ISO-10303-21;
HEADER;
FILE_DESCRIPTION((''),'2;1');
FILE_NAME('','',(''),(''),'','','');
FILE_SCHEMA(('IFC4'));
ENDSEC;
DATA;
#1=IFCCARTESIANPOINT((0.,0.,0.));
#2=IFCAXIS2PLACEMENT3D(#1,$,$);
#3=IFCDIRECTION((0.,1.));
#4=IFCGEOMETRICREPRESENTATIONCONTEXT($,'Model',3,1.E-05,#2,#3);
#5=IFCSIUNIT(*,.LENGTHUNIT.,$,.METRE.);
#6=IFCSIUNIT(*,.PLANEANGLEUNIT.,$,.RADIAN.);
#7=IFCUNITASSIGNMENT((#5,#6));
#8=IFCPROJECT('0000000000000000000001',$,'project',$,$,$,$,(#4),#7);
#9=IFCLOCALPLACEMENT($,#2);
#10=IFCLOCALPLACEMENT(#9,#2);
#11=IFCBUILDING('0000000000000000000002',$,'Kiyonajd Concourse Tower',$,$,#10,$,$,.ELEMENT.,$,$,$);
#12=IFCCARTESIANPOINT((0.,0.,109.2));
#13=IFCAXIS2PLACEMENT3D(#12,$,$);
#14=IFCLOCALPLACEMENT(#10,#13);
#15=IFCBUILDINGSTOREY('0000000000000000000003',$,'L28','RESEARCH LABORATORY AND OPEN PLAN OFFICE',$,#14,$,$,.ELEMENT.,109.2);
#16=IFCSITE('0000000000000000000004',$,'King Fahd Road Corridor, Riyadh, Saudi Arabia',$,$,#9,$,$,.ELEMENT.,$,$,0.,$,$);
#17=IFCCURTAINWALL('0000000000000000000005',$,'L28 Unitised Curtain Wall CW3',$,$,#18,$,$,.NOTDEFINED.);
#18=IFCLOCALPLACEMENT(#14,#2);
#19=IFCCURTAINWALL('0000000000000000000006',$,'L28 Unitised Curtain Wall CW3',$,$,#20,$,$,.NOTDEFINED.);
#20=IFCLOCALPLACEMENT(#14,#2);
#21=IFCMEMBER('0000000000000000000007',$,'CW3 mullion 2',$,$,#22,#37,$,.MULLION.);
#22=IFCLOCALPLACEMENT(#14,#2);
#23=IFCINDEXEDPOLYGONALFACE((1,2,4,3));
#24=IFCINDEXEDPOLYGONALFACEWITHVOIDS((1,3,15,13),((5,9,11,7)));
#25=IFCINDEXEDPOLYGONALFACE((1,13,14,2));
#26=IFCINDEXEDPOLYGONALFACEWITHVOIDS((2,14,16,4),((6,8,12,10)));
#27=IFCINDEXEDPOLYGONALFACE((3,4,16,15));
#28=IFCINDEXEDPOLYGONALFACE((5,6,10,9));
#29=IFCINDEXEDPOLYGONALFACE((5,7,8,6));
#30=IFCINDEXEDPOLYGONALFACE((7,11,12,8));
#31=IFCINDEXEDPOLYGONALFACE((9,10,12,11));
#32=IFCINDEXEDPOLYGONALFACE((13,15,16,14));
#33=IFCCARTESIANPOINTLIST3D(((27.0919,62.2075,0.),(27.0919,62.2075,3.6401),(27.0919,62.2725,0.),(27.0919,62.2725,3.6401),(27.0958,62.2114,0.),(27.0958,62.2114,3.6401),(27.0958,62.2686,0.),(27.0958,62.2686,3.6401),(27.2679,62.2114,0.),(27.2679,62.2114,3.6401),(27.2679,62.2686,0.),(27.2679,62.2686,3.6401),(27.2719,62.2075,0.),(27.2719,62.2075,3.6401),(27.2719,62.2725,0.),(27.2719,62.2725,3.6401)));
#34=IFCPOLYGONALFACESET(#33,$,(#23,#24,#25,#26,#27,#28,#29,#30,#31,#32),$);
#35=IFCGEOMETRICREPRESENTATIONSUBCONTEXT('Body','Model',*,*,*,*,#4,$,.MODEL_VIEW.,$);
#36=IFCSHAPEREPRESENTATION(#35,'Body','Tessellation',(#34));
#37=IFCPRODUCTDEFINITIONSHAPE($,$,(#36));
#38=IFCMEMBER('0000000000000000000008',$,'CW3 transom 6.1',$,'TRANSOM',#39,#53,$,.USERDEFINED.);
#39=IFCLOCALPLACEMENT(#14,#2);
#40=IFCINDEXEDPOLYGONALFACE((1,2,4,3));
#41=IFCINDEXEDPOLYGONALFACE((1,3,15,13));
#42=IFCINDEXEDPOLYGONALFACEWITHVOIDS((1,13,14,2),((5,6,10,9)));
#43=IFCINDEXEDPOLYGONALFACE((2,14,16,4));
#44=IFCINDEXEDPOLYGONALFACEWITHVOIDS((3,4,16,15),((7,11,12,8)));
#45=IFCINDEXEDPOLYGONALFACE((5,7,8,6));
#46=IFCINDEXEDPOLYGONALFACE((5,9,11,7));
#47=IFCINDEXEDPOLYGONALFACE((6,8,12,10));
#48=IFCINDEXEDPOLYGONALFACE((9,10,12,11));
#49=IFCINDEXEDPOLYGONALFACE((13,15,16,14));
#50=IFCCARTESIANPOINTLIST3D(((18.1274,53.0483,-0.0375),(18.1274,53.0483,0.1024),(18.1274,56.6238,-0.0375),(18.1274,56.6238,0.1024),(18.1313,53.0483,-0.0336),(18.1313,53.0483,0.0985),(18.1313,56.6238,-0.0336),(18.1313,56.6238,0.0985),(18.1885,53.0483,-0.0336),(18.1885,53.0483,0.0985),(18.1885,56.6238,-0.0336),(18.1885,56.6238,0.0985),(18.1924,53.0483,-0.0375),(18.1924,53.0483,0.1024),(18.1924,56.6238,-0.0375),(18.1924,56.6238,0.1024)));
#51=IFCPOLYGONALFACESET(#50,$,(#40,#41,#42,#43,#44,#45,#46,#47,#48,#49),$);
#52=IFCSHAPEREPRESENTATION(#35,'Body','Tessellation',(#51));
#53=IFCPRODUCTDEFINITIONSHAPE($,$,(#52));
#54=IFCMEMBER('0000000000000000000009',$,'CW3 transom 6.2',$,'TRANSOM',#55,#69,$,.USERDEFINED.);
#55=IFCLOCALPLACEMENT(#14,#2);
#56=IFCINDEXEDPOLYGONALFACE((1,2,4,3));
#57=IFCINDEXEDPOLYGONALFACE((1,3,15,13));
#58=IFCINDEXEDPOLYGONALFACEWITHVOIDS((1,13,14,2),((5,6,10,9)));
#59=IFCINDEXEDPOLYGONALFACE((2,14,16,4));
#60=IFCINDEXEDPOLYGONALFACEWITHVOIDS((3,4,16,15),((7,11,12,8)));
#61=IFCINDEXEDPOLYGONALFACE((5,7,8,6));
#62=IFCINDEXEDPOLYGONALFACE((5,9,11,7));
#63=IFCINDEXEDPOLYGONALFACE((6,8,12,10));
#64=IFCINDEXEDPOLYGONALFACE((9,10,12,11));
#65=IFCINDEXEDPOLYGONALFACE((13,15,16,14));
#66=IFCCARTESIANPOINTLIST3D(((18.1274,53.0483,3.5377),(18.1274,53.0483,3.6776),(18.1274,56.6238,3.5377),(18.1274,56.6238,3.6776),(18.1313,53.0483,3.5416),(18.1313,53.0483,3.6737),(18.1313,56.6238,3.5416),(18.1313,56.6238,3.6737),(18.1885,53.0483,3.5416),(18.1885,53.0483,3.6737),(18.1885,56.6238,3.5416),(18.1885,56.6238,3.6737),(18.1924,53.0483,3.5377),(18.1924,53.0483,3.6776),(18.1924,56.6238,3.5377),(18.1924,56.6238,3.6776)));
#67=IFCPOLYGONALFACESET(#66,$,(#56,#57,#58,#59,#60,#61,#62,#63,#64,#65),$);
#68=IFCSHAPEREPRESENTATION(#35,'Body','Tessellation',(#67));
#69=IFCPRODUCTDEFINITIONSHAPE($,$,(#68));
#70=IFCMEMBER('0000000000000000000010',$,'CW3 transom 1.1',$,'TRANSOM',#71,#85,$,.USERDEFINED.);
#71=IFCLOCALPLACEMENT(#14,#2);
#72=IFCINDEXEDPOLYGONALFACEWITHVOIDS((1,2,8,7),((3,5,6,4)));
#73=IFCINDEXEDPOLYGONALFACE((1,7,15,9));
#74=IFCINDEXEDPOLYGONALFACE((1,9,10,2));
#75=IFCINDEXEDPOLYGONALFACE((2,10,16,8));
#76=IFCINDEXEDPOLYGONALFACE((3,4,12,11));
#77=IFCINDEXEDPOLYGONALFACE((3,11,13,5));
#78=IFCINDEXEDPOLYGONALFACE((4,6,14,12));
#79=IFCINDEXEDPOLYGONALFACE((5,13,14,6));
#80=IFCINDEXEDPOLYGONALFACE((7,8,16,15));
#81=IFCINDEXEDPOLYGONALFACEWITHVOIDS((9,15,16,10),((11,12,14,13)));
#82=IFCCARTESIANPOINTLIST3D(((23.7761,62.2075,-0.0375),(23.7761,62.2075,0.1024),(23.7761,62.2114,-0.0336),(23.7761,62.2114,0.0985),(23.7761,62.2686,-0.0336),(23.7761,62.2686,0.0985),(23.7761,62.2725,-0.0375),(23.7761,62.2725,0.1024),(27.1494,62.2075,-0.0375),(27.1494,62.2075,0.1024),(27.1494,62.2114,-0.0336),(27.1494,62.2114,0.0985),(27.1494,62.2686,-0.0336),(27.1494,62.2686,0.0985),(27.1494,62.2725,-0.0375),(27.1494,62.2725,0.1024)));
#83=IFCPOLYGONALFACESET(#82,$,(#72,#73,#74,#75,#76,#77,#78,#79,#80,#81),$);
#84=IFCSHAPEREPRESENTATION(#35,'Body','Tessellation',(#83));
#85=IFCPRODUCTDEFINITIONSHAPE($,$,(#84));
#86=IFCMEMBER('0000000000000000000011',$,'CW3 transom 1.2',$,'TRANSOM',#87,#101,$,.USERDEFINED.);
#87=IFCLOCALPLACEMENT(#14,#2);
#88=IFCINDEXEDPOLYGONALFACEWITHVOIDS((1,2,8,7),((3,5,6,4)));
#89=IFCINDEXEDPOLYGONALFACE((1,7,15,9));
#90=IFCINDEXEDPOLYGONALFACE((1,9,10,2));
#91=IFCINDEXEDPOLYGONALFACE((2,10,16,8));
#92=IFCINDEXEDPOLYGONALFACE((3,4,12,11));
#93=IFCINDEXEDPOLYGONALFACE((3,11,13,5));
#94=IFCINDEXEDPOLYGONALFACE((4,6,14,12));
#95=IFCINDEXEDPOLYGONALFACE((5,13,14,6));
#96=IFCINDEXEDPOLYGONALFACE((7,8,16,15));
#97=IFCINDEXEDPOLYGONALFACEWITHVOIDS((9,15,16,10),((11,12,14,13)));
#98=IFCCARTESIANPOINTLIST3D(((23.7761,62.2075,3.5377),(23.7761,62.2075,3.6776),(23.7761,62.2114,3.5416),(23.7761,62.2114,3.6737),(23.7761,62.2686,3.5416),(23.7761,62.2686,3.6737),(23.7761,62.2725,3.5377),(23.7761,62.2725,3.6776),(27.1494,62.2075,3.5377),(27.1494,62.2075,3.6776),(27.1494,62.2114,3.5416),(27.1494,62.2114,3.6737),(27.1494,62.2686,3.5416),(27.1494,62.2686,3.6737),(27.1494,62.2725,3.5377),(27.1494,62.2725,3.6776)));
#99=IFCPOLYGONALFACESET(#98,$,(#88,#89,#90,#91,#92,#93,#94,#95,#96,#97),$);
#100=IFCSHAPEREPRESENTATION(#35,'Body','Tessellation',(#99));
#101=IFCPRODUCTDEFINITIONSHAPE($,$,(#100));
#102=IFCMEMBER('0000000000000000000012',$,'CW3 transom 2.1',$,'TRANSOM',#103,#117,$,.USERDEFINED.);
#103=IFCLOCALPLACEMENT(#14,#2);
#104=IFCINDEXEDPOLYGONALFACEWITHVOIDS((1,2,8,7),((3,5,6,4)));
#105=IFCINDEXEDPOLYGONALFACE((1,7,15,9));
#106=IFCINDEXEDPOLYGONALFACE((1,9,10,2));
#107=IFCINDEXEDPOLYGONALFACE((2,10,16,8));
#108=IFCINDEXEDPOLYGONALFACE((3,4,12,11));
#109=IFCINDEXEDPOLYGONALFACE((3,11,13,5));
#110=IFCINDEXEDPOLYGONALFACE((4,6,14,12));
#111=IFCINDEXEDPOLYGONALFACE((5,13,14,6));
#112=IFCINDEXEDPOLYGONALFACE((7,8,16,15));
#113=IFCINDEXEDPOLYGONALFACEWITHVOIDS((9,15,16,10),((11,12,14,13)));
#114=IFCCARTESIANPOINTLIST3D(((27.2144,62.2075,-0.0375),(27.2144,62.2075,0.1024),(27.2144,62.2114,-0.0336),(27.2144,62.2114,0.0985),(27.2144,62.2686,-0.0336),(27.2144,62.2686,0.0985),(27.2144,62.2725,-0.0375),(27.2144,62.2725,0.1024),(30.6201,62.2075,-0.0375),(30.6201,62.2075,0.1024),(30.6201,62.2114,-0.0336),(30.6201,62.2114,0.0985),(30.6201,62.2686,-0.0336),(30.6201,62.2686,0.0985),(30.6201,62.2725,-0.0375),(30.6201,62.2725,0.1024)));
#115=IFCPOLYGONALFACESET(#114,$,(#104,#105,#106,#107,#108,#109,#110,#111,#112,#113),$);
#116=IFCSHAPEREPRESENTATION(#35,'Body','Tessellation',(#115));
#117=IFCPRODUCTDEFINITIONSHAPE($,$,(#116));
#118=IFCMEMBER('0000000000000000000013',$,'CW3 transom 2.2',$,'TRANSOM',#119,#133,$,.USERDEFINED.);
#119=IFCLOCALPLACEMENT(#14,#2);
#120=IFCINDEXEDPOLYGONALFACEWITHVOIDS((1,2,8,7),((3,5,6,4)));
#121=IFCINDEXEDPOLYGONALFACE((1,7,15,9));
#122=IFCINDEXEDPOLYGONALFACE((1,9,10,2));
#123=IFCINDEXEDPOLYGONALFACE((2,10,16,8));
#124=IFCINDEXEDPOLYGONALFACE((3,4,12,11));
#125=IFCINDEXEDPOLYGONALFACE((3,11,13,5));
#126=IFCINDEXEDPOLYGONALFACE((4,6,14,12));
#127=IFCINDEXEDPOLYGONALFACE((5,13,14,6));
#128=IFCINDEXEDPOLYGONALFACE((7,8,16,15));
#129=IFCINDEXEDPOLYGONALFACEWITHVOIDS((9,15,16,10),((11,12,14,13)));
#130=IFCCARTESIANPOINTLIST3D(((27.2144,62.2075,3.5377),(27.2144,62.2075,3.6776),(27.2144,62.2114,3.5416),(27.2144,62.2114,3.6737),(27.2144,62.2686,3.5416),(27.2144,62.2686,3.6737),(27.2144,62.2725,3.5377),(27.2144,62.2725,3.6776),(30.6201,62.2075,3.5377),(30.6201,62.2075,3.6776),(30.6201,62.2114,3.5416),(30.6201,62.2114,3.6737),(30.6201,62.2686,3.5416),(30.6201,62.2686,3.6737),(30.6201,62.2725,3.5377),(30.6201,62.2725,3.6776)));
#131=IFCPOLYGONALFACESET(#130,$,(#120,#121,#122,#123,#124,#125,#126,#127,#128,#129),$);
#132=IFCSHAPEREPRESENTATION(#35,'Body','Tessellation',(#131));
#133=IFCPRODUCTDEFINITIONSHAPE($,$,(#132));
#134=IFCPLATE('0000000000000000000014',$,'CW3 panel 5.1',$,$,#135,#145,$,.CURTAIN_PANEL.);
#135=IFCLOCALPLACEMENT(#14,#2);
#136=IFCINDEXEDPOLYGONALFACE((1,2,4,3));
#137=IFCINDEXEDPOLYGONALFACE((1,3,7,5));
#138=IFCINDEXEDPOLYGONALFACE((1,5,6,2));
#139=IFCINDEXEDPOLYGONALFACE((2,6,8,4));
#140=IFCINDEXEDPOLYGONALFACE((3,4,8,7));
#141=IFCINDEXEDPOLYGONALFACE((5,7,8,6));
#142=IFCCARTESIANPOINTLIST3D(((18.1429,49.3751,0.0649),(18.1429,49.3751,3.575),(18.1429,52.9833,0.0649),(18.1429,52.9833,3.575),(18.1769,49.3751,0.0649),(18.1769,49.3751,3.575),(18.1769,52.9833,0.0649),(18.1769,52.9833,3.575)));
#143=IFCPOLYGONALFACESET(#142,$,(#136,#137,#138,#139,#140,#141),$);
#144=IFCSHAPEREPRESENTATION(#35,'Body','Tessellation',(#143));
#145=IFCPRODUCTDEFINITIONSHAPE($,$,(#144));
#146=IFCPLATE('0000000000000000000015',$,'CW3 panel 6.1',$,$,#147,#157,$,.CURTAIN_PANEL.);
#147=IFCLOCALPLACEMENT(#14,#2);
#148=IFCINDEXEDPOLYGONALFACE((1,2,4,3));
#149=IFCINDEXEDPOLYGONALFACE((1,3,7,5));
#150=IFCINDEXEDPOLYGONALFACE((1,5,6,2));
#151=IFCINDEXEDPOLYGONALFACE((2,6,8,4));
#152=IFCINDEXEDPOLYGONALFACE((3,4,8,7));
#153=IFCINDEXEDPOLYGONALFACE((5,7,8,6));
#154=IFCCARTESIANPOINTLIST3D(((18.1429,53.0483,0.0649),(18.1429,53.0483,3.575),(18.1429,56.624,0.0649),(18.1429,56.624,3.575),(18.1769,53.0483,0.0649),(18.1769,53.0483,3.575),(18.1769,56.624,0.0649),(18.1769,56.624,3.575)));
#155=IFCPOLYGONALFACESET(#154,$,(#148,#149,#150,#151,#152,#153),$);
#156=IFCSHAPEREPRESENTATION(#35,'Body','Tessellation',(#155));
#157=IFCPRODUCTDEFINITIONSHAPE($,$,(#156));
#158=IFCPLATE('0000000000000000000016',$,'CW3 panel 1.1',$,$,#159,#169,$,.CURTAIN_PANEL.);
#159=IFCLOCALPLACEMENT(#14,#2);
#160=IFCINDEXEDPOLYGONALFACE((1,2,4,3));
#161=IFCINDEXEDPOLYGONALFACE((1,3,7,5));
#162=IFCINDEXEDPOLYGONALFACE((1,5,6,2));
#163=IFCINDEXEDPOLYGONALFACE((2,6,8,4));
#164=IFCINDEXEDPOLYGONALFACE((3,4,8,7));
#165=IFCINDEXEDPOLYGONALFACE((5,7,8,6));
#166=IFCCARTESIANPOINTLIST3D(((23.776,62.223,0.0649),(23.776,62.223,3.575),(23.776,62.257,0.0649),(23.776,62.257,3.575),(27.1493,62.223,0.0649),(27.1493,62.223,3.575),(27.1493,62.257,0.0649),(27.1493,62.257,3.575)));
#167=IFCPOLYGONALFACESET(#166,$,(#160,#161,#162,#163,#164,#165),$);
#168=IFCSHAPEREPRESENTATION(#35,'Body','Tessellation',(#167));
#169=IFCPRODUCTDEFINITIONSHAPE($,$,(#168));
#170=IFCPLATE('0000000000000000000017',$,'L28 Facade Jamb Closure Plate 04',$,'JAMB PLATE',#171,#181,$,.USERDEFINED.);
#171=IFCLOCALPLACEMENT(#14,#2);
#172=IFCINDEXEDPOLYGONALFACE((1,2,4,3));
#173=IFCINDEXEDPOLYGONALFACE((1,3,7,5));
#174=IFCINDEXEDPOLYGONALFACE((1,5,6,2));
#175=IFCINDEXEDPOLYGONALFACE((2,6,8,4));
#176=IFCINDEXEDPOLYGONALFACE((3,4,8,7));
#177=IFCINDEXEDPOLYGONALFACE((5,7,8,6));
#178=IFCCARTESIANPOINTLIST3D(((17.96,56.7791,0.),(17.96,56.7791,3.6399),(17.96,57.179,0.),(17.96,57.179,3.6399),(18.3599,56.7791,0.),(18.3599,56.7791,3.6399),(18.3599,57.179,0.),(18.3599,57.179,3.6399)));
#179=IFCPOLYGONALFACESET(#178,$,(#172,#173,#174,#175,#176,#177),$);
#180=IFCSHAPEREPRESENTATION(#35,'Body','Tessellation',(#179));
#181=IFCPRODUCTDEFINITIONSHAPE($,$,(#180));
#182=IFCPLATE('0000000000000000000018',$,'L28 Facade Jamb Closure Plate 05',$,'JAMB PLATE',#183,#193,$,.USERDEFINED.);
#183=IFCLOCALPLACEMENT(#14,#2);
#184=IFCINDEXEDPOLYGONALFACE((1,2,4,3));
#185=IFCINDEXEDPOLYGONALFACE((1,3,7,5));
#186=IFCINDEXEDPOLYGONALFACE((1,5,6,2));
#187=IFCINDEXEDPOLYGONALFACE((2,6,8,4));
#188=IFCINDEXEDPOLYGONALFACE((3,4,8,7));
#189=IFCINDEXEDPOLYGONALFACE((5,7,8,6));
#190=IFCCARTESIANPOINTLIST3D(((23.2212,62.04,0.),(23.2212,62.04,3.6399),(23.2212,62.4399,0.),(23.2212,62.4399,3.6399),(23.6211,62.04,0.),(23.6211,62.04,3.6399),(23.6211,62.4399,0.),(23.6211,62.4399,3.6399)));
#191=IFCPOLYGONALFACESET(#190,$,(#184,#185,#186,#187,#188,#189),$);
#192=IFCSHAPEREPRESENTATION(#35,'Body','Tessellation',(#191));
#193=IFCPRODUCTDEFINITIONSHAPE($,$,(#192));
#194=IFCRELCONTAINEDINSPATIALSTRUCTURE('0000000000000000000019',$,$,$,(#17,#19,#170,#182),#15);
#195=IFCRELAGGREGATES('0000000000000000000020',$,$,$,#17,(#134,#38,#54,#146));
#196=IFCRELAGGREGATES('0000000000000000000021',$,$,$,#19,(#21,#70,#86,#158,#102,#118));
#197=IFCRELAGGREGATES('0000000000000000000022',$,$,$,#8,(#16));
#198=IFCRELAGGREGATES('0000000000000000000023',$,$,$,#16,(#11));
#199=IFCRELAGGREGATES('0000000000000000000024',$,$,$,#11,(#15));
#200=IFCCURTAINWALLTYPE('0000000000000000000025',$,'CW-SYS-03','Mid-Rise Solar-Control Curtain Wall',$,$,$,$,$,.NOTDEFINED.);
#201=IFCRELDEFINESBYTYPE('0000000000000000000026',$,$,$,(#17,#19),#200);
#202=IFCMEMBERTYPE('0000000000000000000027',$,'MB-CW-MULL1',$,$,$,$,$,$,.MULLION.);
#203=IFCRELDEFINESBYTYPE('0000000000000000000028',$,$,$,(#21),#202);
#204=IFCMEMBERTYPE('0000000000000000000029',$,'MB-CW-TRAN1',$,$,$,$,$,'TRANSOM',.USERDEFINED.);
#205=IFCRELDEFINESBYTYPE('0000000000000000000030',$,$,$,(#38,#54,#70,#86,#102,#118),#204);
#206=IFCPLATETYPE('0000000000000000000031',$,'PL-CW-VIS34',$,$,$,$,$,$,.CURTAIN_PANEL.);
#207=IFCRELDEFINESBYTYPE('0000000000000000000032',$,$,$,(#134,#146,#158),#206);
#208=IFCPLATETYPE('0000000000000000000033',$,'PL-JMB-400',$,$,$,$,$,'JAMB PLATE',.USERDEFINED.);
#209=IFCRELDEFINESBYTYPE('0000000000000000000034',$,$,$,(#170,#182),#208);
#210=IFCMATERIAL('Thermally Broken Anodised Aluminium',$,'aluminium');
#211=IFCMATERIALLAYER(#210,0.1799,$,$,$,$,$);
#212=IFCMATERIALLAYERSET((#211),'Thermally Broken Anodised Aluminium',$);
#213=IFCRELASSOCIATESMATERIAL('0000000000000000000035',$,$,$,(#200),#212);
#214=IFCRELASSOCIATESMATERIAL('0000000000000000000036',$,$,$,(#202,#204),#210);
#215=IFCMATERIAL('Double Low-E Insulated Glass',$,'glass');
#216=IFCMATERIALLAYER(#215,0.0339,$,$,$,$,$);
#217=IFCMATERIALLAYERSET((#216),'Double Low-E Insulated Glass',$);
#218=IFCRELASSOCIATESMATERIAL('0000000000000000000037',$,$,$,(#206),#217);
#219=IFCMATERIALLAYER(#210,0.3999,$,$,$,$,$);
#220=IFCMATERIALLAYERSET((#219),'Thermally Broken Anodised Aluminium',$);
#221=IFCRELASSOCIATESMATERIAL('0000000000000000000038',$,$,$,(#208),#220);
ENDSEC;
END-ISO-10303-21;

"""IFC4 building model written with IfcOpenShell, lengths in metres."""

from ifc_helpers import new_model, si_unit, direction, frame, origin, origin_2d, place, context, subcontext, project, spatial, rectangle, hollow_rectangle, extrude, material, layer, layer_set, material_profile, profile_set, type_object, element, aggregate, save


model = new_model("IFC4")

# Units and contexts
model_context = context("Model", 3, precision=1e-05, world=origin(), true_north=direction((0.0, 1.0)))
body_context = subcontext(model_context, "Body", "Model", "MODEL_VIEW")
ifc_project = project(units=[si_unit("LENGTHUNIT", "METRE"), si_unit("PLANEANGLEUNIT", "RADIAN")], contexts=[model_context])

# Site, building, storey
site_placement = place(None, origin())
site = spatial("IfcSite", under=ifc_project, at=site_placement, Name="King Fahd Road Corridor, Riyadh, Saudi Arabia", CompositionType="ELEMENT", RefElevation=0.0)
building_placement = place(site_placement, origin())
building = spatial("IfcBuilding", under=site, at=building_placement, Name="Kiyonajd Concourse Tower", CompositionType="ELEMENT")
storey_placement = place(building_placement, frame((0.0, 0.0, 109.2)))
storey = spatial("IfcBuildingStorey", under=building, at=storey_placement, Name="L28", Description="RESEARCH LABORATORY AND OPEN PLAN OFFICE", CompositionType="ELEMENT", Elevation=109.2)

# Curtain walls, member
ifc_material_1 = material(Name="Thermally Broken Anodised Aluminium", Category="aluminium")
ifc_layer_1 = layer(ifc_material_1, 0.1799)
ifc_layer_set_1 = layer_set([ifc_layer_1], Name="Thermally Broken Anodised Aluminium")
curtain_wall_type = type_object("IfcCurtainWallType", Name="CW-SYS-03", Description="Mid-Rise Solar-Control Curtain Wall", PredefinedType="NOTDEFINED", material=ifc_layer_set_1)
curtain_wall_1_placement = place(storey_placement, origin())
curtain_wall_1 = element("IfcCurtainWall", 1, at=curtain_wall_1_placement, inside=storey, type_object=curtain_wall_type, Name="L28 Unitised Curtain Wall CW3", PredefinedType="NOTDEFINED")
ifc_material_profile_1 = material_profile(ifc_material_1, hollow_rectangle(XDim=0.0649, YDim=0.1799, WallThickness=0.0039, at=origin_2d()), Name="MULL-65x180")
ifc_profile_set_1 = profile_set([ifc_material_profile_1], Name="Thermally Broken Anodised Aluminium")
member_type_1 = type_object("IfcMemberType", Name="MB-CW-MULL1", PredefinedType="MULLION", material=ifc_profile_set_1)
curtain_wall_2_placement = place(storey_placement, origin())
curtain_wall_2 = element("IfcCurtainWall", 2, at=curtain_wall_2_placement, inside=storey, type_object=curtain_wall_type, Name="L28 Unitised Curtain Wall CW3", PredefinedType="NOTDEFINED")
member_1_placement = place(storey_placement, frame((27.1819, 62.24, 0.0), z_axis=(0.0, 0.0, 1.0), x_axis=(0.0, 1.0, 0.0)))
member_1 = element("IfcMember", 3, at=member_1_placement, type_object=member_type_1, Name="CW3 mullion 2", PredefinedType="MULLION", context=body_context, shape_type="SweptSolid", body=[
    extrude(hollow_rectangle(XDim=0.0649, YDim=0.1799, WallThickness=0.0039, at=origin_2d()), origin(), (0.0, 0.0, 1.0), 3.6401),
])

# Members
ifc_material_profile_2 = material_profile(ifc_material_1, hollow_rectangle(XDim=0.0649, YDim=0.1399, WallThickness=0.0039, at=origin_2d()), Name="TRAN-65x140")
ifc_profile_set_2 = profile_set([ifc_material_profile_2], Name="Thermally Broken Anodised Aluminium")
member_type_2 = type_object("IfcMemberType", Name="MB-CW-TRAN1", ElementType="TRANSOM", PredefinedType="USERDEFINED", material=ifc_profile_set_2)
member_2_placement = place(storey_placement, frame((18.1599, 53.0483, 0.0325), z_axis=(0.0, 1.0, 0.0), x_axis=(-1.0, 0.0, 0.0)))
member_2 = element("IfcMember", 4, at=member_2_placement, type_object=member_type_2, Name="CW3 transom 6.1", ObjectType="TRANSOM", PredefinedType="USERDEFINED", context=body_context, shape_type="SweptSolid", body=[
    extrude(hollow_rectangle(XDim=0.0649, YDim=0.1399, WallThickness=0.0039, at=origin_2d()), origin(), (0.0, 0.0, 1.0), 3.5754),
])
member_3_placement = place(storey_placement, frame((18.1599, 53.0483, 3.6077), z_axis=(0.0, 1.0, 0.0), x_axis=(-1.0, 0.0, 0.0)))
member_3 = element("IfcMember", 5, at=member_3_placement, type_object=member_type_2, Name="CW3 transom 6.2", ObjectType="TRANSOM", PredefinedType="USERDEFINED", context=body_context, shape_type="SweptSolid", body=[
    extrude(hollow_rectangle(XDim=0.0649, YDim=0.1399, WallThickness=0.0039, at=origin_2d()), origin(), (0.0, 0.0, 1.0), 3.5754),
])
member_4_placement = place(storey_placement, frame((23.7761, 62.24, 0.0325), z_axis=(1.0, 0.0, 0.0), x_axis=(0.0, 1.0, 0.0)))
member_4 = element("IfcMember", 6, at=member_4_placement, type_object=member_type_2, Name="CW3 transom 1.1", ObjectType="TRANSOM", PredefinedType="USERDEFINED", context=body_context, shape_type="SweptSolid", body=[
    extrude(hollow_rectangle(XDim=0.0649, YDim=0.1399, WallThickness=0.0039, at=origin_2d()), origin(), (0.0, 0.0, 1.0), 3.3733),
])
member_5_placement = place(storey_placement, frame((23.7761, 62.24, 3.6077), z_axis=(1.0, 0.0, 0.0), x_axis=(0.0, 1.0, 0.0)))
member_5 = element("IfcMember", 7, at=member_5_placement, type_object=member_type_2, Name="CW3 transom 1.2", ObjectType="TRANSOM", PredefinedType="USERDEFINED", context=body_context, shape_type="SweptSolid", body=[
    extrude(hollow_rectangle(XDim=0.0649, YDim=0.1399, WallThickness=0.0039, at=origin_2d()), origin(), (0.0, 0.0, 1.0), 3.3733),
])
member_6_placement = place(storey_placement, frame((27.2144, 62.24, 0.0325), z_axis=(1.0, 0.0, 0.0), x_axis=(0.0, 1.0, 0.0)))
member_6 = element("IfcMember", 8, at=member_6_placement, type_object=member_type_2, Name="CW3 transom 2.1", ObjectType="TRANSOM", PredefinedType="USERDEFINED", context=body_context, shape_type="SweptSolid", body=[
    extrude(hollow_rectangle(XDim=0.0649, YDim=0.1399, WallThickness=0.0039, at=origin_2d()), origin(), (0.0, 0.0, 1.0), 3.4058),
])
member_7_placement = place(storey_placement, frame((27.2144, 62.24, 3.6077), z_axis=(1.0, 0.0, 0.0), x_axis=(0.0, 1.0, 0.0)))
member_7 = element("IfcMember", 9, at=member_7_placement, type_object=member_type_2, Name="CW3 transom 2.2", ObjectType="TRANSOM", PredefinedType="USERDEFINED", context=body_context, shape_type="SweptSolid", body=[
    extrude(hollow_rectangle(XDim=0.0649, YDim=0.1399, WallThickness=0.0039, at=origin_2d()), origin(), (0.0, 0.0, 1.0), 3.4058),
])

# Plates
ifc_material_2 = material(Name="Double Low-E Insulated Glass", Category="glass")
ifc_layer_2 = layer(ifc_material_2, 0.0339)
ifc_layer_set_2 = layer_set([ifc_layer_2], Name="Double Low-E Insulated Glass")
plate_type_1 = type_object("IfcPlateType", Name="PL-CW-VIS34", PredefinedType="CURTAIN_PANEL", material=ifc_layer_set_2)
plate_1_placement = place(storey_placement, frame((18.1599, 51.1792, 0.0649), z_axis=(0.0, 0.0, 1.0), x_axis=(0.0, 1.0, 0.0)))
plate_1 = element("IfcPlate", 10, at=plate_1_placement, type_object=plate_type_1, Name="CW3 panel 5.1", PredefinedType="CURTAIN_PANEL", context=body_context, shape_type="SweptSolid", body=[
    extrude(rectangle(XDim=3.6082, YDim=0.0339, at=origin_2d()), origin(), (0.0, 0.0, 1.0), 3.51),
])
plate_2_placement = place(storey_placement, frame((18.1599, 54.8362, 0.0649), z_axis=(0.0, 0.0, 1.0), x_axis=(0.0, 1.0, 0.0)))
plate_2 = element("IfcPlate", 11, at=plate_2_placement, type_object=plate_type_1, Name="CW3 panel 6.1", PredefinedType="CURTAIN_PANEL", context=body_context, shape_type="SweptSolid", body=[
    extrude(rectangle(XDim=3.5757, YDim=0.0339, at=origin_2d()), origin(), (0.0, 0.0, 1.0), 3.51),
])
aggregate(curtain_wall_1, [plate_1, member_2, member_3, plate_2])
plate_3_placement = place(storey_placement, frame((25.4626, 62.24, 0.0649), z_axis=(0.0, 0.0, 1.0), x_axis=(1.0, 0.0, 0.0)))
plate_3 = element("IfcPlate", 12, at=plate_3_placement, type_object=plate_type_1, Name="CW3 panel 1.1", PredefinedType="CURTAIN_PANEL", context=body_context, shape_type="SweptSolid", body=[
    extrude(rectangle(XDim=3.3733, YDim=0.0339, at=origin_2d()), origin(), (0.0, 0.0, 1.0), 3.51),
])
aggregate(curtain_wall_2, [member_1, member_4, member_5, plate_3, member_6, member_7])

# Plates
ifc_layer_3 = layer(ifc_material_1, 0.3999)
ifc_layer_set_3 = layer_set([ifc_layer_3], Name="Thermally Broken Anodised Aluminium")
plate_type_2 = type_object("IfcPlateType", Name="PL-JMB-400", ElementType="JAMB PLATE", PredefinedType="USERDEFINED", material=ifc_layer_set_3)
for number, where, z_axis, x_axis, name in (
    (13, (18.1599, 56.979, 0.0), (0.0, 0.0, 1.0), (1.0, 0.0, 0.0), "L28 Facade Jamb Closure Plate 04"),
    (14, (23.4211, 62.24, 0.0), (0.0, 0.0, 1.0), (1.0, 0.0, 0.0), "L28 Facade Jamb Closure Plate 05"),
):
    element("IfcPlate", number, at=place(storey_placement, frame(where, z_axis=z_axis, x_axis=x_axis)), inside=storey, type_object=plate_type_2, Name=name, ObjectType="JAMB PLATE", PredefinedType="USERDEFINED", context=body_context, shape_type="SweptSolid", body=[
        extrude(rectangle(XDim=0.3999, YDim=0.3999, at=origin_2d()), origin(), (0.0, 0.0, 1.0), 3.6399),
    ])

save(model, "model.ifc")
